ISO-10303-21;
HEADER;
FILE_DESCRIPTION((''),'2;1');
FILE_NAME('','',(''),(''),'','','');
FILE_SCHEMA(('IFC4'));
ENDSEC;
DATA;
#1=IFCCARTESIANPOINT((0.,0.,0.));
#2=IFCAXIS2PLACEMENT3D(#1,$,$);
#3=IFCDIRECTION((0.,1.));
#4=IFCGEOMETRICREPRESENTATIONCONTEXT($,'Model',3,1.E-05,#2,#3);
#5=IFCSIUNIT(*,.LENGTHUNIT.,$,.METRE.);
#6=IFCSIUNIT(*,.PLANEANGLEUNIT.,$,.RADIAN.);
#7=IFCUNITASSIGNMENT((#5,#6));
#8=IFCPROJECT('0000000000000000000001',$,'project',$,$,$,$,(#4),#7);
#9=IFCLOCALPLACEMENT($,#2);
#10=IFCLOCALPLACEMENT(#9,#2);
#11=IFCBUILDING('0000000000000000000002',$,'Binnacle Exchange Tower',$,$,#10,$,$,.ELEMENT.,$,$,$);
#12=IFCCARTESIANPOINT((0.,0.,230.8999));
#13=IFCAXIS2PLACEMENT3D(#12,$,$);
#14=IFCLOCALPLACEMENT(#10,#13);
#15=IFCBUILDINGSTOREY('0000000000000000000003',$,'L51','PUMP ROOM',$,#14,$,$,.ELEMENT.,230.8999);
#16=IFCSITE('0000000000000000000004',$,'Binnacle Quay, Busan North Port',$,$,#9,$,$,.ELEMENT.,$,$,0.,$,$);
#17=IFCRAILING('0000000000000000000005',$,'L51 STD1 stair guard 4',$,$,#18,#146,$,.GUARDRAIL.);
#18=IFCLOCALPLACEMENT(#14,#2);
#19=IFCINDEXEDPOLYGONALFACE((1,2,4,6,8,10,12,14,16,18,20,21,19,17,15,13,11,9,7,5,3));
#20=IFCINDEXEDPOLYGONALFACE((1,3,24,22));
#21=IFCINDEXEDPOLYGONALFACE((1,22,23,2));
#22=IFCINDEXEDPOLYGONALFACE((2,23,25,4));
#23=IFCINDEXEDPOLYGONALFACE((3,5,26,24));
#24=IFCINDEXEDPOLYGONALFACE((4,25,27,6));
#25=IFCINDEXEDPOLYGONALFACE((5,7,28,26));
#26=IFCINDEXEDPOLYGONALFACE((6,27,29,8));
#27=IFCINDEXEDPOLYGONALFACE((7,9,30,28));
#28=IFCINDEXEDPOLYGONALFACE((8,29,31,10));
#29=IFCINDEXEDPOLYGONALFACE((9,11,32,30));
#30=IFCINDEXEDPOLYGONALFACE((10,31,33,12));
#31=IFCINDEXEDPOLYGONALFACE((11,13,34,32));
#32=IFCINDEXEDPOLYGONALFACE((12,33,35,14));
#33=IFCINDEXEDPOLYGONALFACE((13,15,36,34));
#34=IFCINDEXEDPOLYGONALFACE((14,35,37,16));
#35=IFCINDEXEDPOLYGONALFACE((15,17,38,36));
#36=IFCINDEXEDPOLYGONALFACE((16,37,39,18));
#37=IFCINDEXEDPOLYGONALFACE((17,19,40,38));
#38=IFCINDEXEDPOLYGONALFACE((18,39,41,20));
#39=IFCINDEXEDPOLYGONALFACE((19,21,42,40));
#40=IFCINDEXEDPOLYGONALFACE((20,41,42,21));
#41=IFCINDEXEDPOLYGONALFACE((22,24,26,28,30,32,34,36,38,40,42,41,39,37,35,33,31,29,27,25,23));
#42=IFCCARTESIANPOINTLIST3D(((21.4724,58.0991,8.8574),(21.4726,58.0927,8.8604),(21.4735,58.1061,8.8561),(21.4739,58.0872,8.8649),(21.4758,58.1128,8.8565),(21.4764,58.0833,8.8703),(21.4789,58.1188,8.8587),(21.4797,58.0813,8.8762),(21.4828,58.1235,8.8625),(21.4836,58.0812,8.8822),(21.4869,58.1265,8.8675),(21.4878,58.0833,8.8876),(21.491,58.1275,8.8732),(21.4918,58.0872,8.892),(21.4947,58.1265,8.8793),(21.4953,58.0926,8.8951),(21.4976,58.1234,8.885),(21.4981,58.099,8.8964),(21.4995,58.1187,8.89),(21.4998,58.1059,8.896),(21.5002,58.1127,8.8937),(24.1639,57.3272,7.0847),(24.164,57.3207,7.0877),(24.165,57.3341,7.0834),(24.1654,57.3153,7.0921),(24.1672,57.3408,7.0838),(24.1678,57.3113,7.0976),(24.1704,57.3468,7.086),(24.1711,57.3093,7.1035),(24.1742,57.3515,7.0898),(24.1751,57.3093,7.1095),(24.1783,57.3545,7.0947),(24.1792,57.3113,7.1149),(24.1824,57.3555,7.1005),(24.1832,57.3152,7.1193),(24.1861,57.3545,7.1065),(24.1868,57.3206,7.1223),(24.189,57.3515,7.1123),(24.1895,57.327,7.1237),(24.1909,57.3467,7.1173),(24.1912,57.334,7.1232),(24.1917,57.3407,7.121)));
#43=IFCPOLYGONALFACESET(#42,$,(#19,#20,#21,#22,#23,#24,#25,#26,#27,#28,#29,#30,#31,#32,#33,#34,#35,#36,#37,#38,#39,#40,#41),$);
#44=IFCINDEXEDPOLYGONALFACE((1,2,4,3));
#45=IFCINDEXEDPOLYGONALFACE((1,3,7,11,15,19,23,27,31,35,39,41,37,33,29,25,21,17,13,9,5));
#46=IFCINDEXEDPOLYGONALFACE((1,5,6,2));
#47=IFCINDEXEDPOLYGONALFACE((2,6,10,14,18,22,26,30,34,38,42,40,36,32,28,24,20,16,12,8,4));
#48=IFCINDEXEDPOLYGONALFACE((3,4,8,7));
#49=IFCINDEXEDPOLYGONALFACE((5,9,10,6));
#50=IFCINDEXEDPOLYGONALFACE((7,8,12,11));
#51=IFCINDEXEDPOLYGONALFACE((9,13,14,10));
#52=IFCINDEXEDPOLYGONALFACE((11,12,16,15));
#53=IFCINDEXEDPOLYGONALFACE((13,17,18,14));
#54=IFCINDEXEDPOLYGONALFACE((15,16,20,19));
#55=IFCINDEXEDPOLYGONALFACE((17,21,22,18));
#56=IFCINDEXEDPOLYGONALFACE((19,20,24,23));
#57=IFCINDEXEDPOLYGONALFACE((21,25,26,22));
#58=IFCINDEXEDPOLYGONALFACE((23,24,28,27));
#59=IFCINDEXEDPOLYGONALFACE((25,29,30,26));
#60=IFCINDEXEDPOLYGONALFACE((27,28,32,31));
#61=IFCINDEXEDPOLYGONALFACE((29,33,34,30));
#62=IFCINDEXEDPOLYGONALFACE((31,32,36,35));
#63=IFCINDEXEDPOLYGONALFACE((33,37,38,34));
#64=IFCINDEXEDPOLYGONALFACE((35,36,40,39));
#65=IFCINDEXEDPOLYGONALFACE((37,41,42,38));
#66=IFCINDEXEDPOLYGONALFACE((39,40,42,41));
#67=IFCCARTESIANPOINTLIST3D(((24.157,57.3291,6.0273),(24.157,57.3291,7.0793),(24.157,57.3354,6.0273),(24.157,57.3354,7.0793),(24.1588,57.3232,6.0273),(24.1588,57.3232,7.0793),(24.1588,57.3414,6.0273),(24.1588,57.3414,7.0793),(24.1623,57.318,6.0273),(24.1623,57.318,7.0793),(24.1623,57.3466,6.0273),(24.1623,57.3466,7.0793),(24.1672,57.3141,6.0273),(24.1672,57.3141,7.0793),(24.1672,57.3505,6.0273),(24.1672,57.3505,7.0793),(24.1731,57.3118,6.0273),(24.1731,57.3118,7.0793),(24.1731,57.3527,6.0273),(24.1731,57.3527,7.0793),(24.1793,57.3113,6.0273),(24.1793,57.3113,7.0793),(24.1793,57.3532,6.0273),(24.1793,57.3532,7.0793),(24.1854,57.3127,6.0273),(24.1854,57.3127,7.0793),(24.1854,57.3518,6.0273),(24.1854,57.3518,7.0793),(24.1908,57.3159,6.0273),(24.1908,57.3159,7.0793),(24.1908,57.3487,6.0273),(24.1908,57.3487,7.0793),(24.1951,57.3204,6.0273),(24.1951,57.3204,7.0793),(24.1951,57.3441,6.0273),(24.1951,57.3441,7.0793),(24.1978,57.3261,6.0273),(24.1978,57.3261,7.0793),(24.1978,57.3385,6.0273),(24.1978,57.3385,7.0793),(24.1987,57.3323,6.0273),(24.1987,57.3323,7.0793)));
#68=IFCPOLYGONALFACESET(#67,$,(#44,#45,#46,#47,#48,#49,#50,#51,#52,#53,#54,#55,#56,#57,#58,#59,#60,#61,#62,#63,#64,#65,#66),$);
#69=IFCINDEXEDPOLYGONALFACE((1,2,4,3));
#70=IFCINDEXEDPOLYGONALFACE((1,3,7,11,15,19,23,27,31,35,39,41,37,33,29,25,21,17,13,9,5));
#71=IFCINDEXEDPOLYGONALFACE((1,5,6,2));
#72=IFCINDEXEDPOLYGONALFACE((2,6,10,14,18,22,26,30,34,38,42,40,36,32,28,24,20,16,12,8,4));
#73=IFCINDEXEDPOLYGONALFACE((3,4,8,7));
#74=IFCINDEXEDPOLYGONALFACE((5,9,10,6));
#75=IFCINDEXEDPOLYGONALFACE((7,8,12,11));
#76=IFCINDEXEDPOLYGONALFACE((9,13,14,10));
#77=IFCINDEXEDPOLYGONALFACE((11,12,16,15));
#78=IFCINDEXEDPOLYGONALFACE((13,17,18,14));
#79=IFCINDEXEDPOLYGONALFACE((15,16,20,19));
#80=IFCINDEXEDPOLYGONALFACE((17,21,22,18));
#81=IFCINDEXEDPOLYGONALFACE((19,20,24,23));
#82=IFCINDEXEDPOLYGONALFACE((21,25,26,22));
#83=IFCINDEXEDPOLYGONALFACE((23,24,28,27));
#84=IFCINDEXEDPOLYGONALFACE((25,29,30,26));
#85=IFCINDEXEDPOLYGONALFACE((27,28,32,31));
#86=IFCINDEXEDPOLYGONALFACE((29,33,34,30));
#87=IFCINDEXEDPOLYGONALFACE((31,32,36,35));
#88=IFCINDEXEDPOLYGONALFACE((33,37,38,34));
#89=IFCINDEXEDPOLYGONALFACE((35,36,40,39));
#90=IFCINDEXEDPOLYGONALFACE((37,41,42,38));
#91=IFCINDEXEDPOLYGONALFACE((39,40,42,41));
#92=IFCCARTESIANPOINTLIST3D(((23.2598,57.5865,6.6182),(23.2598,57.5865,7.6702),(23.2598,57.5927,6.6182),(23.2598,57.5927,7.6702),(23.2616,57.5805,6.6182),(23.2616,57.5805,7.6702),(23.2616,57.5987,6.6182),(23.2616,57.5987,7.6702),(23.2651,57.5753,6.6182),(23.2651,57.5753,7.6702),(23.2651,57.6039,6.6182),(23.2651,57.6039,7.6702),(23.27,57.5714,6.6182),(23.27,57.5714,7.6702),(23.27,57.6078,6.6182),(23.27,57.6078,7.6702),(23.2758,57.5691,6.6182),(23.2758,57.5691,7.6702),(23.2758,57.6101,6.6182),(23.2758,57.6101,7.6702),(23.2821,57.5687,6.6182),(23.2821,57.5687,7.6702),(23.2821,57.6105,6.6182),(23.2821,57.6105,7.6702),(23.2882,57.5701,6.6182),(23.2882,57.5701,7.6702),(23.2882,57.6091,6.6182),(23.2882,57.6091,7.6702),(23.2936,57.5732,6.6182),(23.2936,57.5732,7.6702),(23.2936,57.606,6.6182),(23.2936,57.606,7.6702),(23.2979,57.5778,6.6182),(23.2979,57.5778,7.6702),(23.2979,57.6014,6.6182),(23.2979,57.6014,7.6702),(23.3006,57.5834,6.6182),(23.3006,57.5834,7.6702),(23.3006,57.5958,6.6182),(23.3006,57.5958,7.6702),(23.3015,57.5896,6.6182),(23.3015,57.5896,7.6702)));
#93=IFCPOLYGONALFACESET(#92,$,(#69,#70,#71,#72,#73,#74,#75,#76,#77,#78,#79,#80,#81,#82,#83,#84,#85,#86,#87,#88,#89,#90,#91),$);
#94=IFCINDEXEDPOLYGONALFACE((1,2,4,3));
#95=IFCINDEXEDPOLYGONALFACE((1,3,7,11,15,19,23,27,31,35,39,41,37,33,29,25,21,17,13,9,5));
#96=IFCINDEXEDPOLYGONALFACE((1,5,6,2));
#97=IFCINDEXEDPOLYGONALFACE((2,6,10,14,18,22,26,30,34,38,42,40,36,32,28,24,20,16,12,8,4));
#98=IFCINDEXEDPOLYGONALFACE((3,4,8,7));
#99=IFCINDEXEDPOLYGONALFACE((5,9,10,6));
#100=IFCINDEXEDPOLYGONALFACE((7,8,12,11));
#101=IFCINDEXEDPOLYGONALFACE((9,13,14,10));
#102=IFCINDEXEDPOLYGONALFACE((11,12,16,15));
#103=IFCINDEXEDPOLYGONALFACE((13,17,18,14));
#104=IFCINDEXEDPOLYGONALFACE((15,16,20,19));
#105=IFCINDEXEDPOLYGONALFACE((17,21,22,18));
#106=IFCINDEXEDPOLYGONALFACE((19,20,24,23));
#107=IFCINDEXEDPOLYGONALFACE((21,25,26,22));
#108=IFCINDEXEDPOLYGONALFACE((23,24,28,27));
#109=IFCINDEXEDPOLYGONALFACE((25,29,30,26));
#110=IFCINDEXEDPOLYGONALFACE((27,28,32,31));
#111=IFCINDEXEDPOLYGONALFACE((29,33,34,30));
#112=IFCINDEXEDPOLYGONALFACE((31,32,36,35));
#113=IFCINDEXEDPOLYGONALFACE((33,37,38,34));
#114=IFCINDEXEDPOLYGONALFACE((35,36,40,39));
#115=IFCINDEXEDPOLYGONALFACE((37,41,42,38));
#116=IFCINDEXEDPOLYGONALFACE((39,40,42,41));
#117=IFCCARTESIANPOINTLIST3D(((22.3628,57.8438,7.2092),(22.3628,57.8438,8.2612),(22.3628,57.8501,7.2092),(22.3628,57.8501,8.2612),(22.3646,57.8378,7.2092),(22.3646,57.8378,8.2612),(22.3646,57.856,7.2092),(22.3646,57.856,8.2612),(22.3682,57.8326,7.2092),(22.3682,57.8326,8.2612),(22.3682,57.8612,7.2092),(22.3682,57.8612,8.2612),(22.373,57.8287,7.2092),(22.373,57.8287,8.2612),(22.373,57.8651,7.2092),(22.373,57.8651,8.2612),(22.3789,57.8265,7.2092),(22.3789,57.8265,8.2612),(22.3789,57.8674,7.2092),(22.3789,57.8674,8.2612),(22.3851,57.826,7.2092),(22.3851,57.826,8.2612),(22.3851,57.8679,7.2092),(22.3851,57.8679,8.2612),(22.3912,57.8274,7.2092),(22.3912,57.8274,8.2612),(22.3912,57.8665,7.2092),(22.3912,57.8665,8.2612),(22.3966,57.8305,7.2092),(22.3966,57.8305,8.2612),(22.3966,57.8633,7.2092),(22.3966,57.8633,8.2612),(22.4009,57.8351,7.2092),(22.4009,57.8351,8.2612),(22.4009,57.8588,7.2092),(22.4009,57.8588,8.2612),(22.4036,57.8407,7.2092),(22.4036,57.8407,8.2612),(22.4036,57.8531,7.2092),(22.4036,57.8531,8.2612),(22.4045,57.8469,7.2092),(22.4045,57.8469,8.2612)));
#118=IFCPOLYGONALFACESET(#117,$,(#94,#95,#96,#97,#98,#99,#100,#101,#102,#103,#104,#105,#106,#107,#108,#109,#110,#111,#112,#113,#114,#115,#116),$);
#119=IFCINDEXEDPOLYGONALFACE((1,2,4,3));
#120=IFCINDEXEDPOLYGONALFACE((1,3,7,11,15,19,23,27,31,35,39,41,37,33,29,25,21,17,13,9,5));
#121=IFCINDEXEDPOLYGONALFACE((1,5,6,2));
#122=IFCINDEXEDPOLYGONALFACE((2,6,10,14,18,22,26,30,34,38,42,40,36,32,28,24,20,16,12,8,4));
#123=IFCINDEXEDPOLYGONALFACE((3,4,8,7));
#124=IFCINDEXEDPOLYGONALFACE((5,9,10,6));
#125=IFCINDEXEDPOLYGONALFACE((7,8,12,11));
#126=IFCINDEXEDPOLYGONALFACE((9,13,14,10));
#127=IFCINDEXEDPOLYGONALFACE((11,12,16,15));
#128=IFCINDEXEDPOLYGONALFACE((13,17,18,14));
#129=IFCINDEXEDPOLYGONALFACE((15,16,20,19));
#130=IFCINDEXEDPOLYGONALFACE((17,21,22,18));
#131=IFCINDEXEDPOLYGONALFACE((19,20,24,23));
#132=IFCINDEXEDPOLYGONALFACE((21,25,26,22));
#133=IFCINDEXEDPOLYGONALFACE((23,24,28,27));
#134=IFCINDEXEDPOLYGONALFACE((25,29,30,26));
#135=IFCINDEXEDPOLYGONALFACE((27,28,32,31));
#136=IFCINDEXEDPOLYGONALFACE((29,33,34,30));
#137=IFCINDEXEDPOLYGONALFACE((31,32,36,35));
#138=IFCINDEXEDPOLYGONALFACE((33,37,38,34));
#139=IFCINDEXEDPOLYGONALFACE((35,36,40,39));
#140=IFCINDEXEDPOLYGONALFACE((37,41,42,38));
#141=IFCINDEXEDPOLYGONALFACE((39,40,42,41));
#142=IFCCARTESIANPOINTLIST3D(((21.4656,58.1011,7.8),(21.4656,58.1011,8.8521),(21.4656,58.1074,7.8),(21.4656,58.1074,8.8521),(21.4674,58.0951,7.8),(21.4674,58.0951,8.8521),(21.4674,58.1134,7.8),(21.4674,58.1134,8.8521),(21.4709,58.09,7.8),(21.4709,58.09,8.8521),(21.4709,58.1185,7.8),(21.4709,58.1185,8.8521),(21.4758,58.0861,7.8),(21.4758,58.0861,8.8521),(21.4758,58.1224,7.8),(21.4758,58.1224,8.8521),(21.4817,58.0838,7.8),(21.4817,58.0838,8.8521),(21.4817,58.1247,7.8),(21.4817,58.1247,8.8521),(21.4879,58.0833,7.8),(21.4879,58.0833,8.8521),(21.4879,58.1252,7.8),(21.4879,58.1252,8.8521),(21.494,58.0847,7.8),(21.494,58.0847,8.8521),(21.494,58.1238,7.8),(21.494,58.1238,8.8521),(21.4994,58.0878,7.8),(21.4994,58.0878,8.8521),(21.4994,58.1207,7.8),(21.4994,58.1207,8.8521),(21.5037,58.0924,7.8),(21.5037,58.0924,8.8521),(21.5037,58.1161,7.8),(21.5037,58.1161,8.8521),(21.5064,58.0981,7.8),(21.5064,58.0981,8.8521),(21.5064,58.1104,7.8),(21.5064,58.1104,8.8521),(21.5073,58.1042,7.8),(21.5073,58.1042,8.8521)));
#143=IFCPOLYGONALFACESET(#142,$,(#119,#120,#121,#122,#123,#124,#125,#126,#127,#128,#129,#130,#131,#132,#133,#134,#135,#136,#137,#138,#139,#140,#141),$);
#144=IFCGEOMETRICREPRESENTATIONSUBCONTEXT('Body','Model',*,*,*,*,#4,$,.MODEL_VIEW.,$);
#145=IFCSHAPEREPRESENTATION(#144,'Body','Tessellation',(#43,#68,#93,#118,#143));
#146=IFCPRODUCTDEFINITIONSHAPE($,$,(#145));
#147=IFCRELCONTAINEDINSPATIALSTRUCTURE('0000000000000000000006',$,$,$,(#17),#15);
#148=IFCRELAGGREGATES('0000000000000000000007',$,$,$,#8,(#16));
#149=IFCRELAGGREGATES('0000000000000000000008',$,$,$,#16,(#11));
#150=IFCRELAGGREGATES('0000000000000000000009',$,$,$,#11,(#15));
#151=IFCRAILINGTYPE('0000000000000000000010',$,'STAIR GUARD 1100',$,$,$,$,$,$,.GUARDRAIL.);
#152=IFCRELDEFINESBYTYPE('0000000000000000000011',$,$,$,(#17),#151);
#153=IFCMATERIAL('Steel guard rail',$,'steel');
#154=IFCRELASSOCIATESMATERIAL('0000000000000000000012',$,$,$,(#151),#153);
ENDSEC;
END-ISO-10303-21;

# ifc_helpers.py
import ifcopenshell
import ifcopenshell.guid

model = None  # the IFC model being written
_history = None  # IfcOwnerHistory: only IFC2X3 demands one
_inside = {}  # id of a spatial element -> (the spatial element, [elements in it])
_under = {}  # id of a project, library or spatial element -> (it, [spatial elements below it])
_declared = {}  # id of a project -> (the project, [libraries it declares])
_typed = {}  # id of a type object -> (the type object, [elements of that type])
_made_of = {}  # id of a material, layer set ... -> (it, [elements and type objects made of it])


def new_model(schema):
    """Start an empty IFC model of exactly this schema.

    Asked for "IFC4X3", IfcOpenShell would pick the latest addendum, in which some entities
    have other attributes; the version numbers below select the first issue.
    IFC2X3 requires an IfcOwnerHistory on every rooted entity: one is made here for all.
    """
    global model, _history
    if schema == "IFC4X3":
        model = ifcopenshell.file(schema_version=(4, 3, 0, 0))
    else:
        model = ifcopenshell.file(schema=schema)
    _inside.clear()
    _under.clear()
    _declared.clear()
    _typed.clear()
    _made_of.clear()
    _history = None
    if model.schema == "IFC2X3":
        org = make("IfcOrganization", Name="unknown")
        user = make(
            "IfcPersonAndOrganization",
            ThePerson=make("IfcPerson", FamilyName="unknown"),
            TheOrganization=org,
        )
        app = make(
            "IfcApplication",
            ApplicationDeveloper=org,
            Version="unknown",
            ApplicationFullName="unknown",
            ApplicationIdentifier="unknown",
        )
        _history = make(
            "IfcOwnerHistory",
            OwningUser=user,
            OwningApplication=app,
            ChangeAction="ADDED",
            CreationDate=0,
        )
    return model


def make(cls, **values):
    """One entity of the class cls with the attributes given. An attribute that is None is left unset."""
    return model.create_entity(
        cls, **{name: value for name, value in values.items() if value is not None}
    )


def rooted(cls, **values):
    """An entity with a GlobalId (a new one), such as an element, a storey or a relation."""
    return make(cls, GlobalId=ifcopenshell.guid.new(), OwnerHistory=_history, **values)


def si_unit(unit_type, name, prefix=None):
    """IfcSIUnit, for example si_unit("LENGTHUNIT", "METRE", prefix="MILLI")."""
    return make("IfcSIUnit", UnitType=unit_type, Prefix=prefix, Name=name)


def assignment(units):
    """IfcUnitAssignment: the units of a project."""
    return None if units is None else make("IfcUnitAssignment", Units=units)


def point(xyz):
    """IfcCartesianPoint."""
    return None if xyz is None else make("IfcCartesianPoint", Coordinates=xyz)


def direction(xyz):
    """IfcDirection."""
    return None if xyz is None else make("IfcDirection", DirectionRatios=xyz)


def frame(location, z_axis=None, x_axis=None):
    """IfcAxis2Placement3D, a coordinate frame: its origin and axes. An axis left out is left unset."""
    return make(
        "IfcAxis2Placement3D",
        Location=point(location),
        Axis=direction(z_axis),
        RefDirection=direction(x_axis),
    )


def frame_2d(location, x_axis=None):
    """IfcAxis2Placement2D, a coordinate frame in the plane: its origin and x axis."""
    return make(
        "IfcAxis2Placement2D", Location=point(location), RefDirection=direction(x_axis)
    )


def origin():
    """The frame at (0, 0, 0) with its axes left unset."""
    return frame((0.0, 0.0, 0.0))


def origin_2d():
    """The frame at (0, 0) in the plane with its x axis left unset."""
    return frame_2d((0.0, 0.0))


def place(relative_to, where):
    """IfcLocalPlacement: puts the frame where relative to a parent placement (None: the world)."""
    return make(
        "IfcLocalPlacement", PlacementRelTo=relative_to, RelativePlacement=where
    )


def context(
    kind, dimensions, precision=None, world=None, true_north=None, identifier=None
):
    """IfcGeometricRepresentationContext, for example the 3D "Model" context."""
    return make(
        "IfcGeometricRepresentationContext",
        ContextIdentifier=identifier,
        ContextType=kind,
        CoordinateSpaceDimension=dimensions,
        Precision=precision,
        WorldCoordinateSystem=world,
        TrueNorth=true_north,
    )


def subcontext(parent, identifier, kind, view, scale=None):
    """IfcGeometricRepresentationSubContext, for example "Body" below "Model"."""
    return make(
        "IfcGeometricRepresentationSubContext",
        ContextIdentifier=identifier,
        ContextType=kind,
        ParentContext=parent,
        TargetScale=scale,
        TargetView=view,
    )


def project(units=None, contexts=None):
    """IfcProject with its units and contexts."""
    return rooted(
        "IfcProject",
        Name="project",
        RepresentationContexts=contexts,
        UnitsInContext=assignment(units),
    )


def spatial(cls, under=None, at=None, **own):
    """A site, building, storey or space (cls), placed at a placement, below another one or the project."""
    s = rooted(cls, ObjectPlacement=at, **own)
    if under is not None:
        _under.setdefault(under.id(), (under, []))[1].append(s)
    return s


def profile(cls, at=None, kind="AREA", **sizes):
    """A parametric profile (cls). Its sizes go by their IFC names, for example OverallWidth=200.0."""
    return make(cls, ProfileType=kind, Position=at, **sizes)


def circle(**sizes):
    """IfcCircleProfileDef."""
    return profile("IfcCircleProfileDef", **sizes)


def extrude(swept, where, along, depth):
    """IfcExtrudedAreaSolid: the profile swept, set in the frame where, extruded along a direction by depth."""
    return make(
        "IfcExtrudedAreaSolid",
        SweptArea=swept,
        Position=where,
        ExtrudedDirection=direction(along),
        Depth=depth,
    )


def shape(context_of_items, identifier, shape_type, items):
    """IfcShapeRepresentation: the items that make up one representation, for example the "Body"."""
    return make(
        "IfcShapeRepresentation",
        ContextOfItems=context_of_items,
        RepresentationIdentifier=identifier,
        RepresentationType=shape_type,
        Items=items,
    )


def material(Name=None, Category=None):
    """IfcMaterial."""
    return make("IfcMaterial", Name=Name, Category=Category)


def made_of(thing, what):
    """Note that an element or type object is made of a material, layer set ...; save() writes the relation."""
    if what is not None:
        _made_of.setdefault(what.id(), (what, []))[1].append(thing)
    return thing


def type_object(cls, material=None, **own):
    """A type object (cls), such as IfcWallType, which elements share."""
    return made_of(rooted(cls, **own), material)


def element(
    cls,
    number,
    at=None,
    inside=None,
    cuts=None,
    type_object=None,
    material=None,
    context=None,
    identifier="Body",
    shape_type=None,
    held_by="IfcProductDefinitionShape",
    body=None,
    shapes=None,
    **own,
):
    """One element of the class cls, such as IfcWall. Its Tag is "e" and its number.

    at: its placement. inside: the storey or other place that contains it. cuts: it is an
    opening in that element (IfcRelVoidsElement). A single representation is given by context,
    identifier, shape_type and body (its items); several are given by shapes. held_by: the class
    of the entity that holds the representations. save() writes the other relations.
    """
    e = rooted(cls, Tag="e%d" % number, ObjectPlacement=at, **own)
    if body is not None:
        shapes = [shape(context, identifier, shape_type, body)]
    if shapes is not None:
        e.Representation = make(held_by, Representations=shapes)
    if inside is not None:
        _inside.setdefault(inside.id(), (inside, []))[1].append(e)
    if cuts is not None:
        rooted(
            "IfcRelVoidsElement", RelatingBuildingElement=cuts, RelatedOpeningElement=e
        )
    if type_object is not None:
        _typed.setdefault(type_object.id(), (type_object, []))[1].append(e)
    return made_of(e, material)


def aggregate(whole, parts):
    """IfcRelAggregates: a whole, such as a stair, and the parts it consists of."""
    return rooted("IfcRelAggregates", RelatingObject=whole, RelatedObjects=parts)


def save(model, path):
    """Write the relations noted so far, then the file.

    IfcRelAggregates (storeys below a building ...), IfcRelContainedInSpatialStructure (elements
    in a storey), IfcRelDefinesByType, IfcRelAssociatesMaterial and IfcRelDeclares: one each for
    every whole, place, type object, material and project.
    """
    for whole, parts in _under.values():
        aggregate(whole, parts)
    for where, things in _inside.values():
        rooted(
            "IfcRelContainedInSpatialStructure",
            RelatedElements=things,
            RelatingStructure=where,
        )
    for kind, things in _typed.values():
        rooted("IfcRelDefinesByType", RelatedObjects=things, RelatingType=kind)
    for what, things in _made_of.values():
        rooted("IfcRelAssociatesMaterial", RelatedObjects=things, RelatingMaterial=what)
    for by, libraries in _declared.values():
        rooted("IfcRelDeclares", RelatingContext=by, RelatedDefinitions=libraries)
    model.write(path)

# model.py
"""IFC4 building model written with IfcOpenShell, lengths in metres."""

from ifc_helpers import new_model, si_unit, direction, frame, origin, origin_2d, place, context, subcontext, project, spatial, circle, extrude, material, type_object, element, save


model = new_model("IFC4")

# Units and contexts
model_context = context("Model", 3, precision=1e-05, world=origin(), true_north=direction((0.0, 1.0)))
body_context = subcontext(model_context, "Body", "Model", "MODEL_VIEW")
ifc_project = project(units=[si_unit("LENGTHUNIT", "METRE"), si_unit("PLANEANGLEUNIT", "RADIAN")], contexts=[model_context])

# Site, building, storey
site_placement = place(None, origin())
site = spatial("IfcSite", under=ifc_project, at=site_placement, Name="Binnacle Quay, Busan North Port", CompositionType="ELEMENT", RefElevation=0.0)
building_placement = place(site_placement, origin())
building = spatial("IfcBuilding", under=site, at=building_placement, Name="Binnacle Exchange Tower", CompositionType="ELEMENT")
storey_placement = place(building_placement, frame((0.0, 0.0, 230.8999)))
storey = spatial("IfcBuildingStorey", under=building, at=storey_placement, Name="L51", Description="PUMP ROOM", CompositionType="ELEMENT", Elevation=230.8999)

# Railing
ifc_material_1 = material(Name="Steel guard rail", Category="steel")
railing_type_1 = type_object("IfcRailingType", Name="STAIR GUARD 1100", PredefinedType="GUARDRAIL", material=ifc_material_1)
railing_1_placement = place(storey_placement, frame((24.1777, 57.3323, 6.0273)))
element("IfcRailing", 1, at=railing_1_placement, inside=storey, type_object=railing_type_1, Name="L51 STD1 stair guard 4", PredefinedType="GUARDRAIL", context=body_context, shape_type="SweptSolid", body=[
    extrude(circle(Radius=0.0239, at=origin_2d()), frame((0.0, 0.0, 1.0762), z_axis=(-0.812151, 0.232948, 0.534926), x_axis=(-0.275711, -0.96124, 0.0)), (0.0, 0.0, 1.0), 3.314),
    extrude(circle(Radius=0.021, at=origin_2d()), origin(), (0.0, 0.0, 1.0), 1.052),
    extrude(circle(Radius=0.021, at=origin_2d()), frame((-0.8972, 0.2573, 0.5908)), (0.0, 0.0, 1.0), 1.052),
    extrude(circle(Radius=0.021, at=origin_2d()), frame((-1.7942, 0.5146, 1.1819)), (0.0, 0.0, 1.0), 1.052),
    extrude(circle(Radius=0.021, at=origin_2d()), frame((-2.6914, 0.772, 1.7727)), (0.0, 0.0, 1.0), 1.052),
])

save(model, "model.ifc")
